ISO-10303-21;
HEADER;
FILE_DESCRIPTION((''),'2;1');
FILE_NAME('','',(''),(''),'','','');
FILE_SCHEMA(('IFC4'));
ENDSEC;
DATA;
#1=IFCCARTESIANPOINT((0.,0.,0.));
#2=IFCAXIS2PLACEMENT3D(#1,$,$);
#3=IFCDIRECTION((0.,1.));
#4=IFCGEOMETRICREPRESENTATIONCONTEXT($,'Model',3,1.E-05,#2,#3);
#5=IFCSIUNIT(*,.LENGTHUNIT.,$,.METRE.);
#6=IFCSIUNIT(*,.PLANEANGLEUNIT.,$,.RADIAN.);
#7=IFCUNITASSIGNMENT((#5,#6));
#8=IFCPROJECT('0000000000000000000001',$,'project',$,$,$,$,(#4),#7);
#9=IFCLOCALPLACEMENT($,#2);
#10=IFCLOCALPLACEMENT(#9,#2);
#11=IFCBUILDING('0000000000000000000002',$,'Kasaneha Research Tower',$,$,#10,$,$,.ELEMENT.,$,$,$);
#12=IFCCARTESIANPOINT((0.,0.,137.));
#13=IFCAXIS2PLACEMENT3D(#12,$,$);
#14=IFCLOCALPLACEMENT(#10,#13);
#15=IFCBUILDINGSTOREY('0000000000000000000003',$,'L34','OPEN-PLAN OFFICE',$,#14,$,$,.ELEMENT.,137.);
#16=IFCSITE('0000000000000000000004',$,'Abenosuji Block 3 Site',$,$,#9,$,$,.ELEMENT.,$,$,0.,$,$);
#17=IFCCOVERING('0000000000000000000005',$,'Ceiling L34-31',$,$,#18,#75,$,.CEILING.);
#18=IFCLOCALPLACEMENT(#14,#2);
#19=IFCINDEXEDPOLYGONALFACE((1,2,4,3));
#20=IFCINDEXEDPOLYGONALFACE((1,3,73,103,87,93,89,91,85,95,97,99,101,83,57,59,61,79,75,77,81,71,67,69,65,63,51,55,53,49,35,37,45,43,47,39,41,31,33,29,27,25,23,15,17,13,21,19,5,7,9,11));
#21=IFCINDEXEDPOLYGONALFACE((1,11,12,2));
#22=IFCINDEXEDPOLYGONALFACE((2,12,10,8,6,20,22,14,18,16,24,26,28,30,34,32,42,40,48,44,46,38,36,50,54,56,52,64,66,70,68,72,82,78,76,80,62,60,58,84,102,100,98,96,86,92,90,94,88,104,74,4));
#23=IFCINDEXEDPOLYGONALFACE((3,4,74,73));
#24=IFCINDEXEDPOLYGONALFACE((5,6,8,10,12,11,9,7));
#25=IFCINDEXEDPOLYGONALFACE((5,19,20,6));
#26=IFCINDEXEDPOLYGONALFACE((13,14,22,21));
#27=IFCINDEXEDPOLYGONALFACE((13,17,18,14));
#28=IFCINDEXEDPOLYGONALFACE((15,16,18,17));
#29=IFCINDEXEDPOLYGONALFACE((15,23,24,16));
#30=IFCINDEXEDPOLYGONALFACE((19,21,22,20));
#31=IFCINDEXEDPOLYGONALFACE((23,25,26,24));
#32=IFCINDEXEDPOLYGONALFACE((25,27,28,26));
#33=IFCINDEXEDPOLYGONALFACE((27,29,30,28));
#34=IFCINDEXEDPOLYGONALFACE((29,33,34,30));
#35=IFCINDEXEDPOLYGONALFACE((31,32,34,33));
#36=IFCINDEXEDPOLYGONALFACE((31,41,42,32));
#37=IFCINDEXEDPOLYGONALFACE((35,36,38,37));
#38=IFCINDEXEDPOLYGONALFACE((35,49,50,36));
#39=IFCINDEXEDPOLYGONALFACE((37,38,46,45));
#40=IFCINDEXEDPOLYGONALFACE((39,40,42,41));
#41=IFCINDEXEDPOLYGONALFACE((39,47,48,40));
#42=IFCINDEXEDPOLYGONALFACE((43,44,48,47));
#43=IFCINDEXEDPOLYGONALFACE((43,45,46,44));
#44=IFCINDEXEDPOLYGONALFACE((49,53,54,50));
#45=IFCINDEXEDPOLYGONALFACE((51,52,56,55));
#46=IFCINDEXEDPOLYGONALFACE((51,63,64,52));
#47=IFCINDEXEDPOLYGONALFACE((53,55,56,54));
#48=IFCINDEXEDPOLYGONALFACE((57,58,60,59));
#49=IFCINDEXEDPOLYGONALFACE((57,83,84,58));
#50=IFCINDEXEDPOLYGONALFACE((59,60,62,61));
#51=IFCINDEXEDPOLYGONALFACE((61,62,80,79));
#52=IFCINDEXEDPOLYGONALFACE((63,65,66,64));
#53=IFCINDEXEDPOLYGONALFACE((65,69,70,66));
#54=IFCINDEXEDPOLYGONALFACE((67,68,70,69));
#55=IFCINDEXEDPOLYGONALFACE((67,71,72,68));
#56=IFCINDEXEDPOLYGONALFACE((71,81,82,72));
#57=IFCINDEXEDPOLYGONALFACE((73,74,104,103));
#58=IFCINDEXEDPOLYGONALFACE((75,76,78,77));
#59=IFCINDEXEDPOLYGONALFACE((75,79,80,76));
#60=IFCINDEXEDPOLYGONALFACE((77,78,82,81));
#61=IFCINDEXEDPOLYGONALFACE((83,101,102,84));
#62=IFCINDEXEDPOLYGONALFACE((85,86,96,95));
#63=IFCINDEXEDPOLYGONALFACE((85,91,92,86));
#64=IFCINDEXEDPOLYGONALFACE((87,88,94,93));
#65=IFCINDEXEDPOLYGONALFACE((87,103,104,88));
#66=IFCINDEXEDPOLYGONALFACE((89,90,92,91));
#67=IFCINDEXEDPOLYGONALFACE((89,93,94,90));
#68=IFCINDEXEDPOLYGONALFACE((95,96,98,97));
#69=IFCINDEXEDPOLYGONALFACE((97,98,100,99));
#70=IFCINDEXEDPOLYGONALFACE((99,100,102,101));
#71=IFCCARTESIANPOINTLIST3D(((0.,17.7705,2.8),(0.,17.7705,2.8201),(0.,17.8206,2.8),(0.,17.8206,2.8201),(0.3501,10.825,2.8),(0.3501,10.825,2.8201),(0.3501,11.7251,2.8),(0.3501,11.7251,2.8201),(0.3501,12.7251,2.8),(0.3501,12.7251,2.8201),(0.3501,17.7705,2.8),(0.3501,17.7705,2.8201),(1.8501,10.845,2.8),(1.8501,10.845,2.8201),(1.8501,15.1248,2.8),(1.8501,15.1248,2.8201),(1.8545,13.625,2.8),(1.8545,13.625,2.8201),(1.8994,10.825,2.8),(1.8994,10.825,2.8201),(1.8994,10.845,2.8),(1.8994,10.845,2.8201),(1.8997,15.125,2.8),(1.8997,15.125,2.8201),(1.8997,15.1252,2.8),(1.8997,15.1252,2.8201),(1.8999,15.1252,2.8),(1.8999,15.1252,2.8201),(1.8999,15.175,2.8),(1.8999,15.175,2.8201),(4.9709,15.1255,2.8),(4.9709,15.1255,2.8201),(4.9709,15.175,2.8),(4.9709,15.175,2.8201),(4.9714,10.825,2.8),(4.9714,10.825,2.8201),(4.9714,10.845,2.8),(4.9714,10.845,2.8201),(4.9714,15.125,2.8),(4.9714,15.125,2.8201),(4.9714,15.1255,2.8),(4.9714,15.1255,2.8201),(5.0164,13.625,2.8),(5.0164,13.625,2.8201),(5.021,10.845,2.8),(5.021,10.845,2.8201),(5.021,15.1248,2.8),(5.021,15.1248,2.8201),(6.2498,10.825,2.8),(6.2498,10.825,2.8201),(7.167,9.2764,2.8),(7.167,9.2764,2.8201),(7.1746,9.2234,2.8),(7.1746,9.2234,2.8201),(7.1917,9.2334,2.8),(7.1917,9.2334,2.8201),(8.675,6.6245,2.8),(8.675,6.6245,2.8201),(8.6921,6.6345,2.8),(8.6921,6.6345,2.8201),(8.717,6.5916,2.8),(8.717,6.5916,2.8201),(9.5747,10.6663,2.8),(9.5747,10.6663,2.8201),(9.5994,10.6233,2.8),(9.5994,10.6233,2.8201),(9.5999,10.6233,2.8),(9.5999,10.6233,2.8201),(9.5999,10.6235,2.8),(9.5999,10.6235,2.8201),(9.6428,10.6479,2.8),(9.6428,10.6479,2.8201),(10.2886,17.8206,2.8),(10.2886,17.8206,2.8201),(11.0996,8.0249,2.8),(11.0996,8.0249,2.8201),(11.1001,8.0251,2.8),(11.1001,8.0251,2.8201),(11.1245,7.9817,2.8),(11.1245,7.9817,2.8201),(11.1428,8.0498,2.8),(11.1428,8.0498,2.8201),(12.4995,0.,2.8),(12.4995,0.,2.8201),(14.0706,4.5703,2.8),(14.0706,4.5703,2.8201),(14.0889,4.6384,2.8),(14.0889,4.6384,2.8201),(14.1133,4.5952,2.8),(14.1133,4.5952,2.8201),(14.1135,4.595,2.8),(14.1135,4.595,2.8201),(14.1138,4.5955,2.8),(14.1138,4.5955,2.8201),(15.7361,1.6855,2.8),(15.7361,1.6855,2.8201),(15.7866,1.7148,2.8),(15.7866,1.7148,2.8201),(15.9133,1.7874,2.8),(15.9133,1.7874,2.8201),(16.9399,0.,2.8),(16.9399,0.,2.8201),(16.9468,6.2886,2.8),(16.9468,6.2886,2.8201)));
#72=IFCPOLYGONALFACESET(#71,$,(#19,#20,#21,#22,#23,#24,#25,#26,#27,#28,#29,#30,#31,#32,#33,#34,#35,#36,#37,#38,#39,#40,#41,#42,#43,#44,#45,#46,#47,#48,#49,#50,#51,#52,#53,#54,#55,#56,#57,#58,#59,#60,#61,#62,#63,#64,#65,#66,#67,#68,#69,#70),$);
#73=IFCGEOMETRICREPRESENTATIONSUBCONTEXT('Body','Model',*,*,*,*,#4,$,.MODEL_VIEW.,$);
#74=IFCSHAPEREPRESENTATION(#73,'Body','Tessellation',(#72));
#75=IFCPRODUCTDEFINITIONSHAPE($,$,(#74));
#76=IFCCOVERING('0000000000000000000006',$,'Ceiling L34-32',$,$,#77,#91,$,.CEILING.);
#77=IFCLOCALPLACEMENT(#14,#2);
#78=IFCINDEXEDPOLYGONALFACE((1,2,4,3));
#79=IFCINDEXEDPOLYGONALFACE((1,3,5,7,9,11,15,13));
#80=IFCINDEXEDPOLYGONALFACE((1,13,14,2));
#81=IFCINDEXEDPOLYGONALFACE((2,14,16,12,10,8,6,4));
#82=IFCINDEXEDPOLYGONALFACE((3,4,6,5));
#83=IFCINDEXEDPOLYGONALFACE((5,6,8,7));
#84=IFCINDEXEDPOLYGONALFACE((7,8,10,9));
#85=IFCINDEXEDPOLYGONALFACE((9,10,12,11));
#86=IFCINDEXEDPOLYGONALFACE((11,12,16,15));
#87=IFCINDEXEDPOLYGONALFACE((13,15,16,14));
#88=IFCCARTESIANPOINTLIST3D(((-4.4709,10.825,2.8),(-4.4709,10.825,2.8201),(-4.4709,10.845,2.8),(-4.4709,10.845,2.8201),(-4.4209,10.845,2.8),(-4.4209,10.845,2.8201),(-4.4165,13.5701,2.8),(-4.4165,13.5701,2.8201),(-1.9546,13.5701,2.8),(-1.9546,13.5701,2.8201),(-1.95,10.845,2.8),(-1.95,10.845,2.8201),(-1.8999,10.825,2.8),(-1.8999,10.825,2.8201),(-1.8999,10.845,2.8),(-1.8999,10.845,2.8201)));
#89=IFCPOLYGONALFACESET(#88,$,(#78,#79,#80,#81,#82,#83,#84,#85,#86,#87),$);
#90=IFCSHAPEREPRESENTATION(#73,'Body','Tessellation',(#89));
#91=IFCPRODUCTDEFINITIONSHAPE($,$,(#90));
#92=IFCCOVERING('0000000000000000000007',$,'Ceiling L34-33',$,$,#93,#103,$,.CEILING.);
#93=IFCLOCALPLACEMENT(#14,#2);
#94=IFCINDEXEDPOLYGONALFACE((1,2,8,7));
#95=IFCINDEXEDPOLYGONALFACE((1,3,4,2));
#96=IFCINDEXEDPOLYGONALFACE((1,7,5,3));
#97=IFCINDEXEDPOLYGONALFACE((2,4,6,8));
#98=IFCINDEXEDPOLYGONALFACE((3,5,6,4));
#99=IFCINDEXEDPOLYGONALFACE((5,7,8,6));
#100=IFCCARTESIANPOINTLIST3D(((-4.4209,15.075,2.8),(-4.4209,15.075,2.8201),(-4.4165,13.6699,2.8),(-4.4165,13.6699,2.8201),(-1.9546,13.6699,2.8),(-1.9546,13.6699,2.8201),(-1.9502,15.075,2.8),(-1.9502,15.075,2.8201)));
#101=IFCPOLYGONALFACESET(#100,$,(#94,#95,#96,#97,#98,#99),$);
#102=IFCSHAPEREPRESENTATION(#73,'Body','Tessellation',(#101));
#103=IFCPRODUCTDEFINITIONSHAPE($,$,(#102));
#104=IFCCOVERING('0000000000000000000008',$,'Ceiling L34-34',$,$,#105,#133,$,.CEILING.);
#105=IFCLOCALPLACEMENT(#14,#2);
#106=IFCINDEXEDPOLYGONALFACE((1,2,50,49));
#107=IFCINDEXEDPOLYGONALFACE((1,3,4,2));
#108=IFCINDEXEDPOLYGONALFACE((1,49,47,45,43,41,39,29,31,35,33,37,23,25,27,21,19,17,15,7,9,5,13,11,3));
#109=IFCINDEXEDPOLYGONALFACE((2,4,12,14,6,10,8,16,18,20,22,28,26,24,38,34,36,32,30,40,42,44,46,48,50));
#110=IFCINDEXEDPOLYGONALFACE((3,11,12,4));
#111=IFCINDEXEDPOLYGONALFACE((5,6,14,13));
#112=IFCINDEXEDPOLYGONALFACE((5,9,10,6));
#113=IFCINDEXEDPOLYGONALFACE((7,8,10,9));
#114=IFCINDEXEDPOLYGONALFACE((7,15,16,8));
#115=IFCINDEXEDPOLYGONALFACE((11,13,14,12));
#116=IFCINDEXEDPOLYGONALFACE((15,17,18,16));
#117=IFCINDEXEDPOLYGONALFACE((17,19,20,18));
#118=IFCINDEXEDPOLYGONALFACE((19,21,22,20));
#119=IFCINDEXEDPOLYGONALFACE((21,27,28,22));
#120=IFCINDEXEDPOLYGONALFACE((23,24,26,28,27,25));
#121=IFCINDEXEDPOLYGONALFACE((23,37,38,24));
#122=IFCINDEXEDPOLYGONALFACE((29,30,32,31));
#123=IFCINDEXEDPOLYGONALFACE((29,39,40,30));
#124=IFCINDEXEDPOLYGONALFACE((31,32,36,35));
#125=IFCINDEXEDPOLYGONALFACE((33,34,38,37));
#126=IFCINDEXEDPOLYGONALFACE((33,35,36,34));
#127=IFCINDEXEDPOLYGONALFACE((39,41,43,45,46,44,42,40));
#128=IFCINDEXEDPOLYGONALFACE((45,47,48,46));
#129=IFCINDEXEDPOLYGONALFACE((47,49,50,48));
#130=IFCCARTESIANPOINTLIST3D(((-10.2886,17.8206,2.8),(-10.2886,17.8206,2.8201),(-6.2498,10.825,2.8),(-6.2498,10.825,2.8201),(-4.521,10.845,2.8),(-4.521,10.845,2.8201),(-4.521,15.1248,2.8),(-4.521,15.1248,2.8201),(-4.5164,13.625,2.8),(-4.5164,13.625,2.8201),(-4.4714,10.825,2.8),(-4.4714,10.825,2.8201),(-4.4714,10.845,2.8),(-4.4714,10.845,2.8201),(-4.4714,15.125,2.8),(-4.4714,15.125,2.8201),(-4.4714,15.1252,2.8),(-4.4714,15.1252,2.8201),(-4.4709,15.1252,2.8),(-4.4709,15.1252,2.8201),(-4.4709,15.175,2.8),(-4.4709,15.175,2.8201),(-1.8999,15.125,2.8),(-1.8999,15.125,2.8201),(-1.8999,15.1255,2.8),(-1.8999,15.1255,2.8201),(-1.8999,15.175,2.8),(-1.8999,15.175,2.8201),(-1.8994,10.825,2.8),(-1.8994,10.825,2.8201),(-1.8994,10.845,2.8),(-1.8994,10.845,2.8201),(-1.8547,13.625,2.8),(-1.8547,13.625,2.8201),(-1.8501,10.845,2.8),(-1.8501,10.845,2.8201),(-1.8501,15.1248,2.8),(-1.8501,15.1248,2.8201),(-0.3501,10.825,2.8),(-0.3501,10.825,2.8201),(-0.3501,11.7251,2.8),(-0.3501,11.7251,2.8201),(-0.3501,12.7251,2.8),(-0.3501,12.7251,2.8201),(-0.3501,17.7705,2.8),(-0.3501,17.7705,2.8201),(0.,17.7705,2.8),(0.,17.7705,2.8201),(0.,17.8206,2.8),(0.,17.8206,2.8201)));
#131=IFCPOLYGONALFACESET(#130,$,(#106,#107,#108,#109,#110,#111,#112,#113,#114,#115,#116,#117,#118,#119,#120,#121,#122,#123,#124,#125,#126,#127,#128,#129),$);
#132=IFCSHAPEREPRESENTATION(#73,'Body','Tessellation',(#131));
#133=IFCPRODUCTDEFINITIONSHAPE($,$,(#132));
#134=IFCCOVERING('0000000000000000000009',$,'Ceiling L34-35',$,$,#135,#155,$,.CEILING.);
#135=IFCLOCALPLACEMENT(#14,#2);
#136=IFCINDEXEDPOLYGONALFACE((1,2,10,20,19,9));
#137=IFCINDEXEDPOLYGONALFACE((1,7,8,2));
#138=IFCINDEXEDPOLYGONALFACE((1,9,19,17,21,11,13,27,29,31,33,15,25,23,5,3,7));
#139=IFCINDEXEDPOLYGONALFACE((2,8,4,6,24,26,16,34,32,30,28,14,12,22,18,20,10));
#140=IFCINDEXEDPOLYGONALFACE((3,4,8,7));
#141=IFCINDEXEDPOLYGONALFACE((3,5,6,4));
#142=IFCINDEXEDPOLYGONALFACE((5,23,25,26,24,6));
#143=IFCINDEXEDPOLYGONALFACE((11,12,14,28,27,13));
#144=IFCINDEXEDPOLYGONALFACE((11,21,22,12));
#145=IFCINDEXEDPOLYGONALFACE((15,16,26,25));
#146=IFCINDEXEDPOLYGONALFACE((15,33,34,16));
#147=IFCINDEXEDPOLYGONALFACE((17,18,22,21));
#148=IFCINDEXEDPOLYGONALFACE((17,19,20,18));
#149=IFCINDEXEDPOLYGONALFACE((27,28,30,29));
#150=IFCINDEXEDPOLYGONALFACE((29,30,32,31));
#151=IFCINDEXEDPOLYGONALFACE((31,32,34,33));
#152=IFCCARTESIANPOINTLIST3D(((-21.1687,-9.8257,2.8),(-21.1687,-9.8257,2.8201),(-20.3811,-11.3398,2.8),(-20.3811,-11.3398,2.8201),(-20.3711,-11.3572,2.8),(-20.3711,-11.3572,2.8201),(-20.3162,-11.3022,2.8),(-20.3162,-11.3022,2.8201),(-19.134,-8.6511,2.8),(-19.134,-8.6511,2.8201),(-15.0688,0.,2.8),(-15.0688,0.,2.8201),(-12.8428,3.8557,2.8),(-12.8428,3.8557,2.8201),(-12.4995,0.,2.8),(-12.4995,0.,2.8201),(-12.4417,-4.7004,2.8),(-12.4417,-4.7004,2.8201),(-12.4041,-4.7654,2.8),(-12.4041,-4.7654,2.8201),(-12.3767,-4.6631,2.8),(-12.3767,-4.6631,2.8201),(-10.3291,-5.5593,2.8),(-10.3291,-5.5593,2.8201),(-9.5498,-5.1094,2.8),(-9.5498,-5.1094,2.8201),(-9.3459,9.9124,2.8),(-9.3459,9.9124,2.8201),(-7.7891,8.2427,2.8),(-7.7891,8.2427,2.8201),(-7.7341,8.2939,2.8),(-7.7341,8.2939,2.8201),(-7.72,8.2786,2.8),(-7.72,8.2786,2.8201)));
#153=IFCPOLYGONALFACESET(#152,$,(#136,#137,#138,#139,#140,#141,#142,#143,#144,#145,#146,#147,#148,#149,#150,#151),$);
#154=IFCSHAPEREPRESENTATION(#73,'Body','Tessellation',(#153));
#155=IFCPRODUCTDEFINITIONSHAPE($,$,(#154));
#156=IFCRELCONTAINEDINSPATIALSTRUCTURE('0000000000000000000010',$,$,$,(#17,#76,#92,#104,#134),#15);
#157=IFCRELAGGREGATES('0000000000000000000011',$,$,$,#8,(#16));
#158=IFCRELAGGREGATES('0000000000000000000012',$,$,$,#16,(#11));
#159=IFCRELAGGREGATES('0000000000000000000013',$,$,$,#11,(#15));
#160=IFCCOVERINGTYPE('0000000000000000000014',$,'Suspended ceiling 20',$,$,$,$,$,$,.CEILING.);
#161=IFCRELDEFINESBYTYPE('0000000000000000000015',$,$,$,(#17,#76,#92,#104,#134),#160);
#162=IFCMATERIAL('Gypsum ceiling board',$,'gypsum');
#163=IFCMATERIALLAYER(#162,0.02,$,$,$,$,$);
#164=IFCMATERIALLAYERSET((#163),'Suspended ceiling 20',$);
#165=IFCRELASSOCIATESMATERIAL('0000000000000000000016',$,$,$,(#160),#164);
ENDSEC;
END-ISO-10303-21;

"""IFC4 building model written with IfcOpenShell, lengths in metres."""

from ifc_helpers import new_model, si_unit, direction, frame, origin, place, context, subcontext, project, spatial, polyline, outline, extrude, material, layer, layer_set, type_object, element, save


model = new_model("IFC4")

# Units and contexts
model_context = context("Model", 3, precision=1e-05, world=origin(), true_north=direction((0.0, 1.0)))
body_context = subcontext(model_context, "Body", "Model", "MODEL_VIEW")
ifc_project = project(units=[si_unit("LENGTHUNIT", "METRE"), si_unit("PLANEANGLEUNIT", "RADIAN")], contexts=[model_context])

# Site, building, storey
site_placement = place(None, origin())
site = spatial("IfcSite", under=ifc_project, at=site_placement, Name="Abenosuji Block 3 Site", CompositionType="ELEMENT", RefElevation=0.0)
building_placement = place(site_placement, origin())
building = spatial("IfcBuilding", under=site, at=building_placement, Name="Kasaneha Research Tower", CompositionType="ELEMENT")
storey_placement = place(building_placement, frame((0.0, 0.0, 137.0)))
storey = spatial("IfcBuildingStorey", under=building, at=storey_placement, Name="L34", Description="OPEN-PLAN OFFICE", CompositionType="ELEMENT", Elevation=137.0)

# Coverings
ifc_material_1 = material(Name="Gypsum ceiling board", Category="gypsum")
ifc_layer_1 = layer(ifc_material_1, 0.02)
ifc_layer_set_1 = layer_set([ifc_layer_1], Name="Suspended ceiling 20")
covering_type = type_object("IfcCoveringType", Name="Suspended ceiling 20", PredefinedType="CEILING", material=ifc_layer_set_1)
covering_1_placement = place(storey_placement, frame((0.0, 0.0, 2.8)))
element("IfcCovering", 1, at=covering_1_placement, inside=storey, type_object=covering_type, Name="Ceiling L34-31", PredefinedType="CEILING", context=body_context, shape_type="SweptSolid", body=[
    extrude(outline(polyline([(8.6921, 6.6345), (8.717, 6.5916), (11.1245, 7.9817), (11.0996, 8.0249), (11.1001, 8.0251), (11.1001, 8.0251), (11.1428, 8.0498), (9.6428, 10.6479), (9.5999, 10.6233), (9.5999, 10.6235), (9.5994, 10.6233), (9.5747, 10.6663), (7.167, 9.2764), (7.1917, 9.2334), (7.1746, 9.2234), (6.2498, 10.825), (4.9714, 10.825), (4.9714, 10.845), (5.021, 10.845), (5.0164, 13.625), (5.021, 15.1248), (4.9714, 15.125), (4.9714, 15.1255), (4.9709, 15.1255), (4.9709, 15.175), (1.8999, 15.175), (1.8999, 15.1252), (1.8997, 15.1252), (1.8997, 15.125), (1.8501, 15.1248), (1.8545, 13.625), (1.8501, 10.845), (1.8994, 10.845), (1.8994, 10.825), (0.3501, 10.825), (0.3501, 11.7251), (0.3501, 12.7251), (0.3501, 17.7705), (0.3501, 17.7705), (0.0, 17.7705), (0.0, 17.8206), (10.2886, 17.8206), (16.9468, 6.2886), (14.0889, 4.6384), (14.1138, 4.5955), (14.1133, 4.5952), (14.1135, 4.595), (14.0706, 4.5703), (15.7361, 1.6855), (15.7866, 1.7148), (15.9133, 1.7874), (16.9399, 0.0), (12.4995, 0.0), (8.675, 6.6245), (8.6921, 6.6345)])), origin(), (0.0, 0.0, 1.0), 0.02),
])
covering_2_placement = place(storey_placement, frame((0.0, 0.0, 2.8)))
element("IfcCovering", 2, at=covering_2_placement, inside=storey, type_object=covering_type, Name="Ceiling L34-32", PredefinedType="CEILING", context=body_context, shape_type="SweptSolid", body=[
    extrude(outline(polyline([(-4.4709, 10.825), (-4.4709, 10.845), (-4.4209, 10.845), (-4.4165, 13.5701), (-1.9546, 13.5701), (-1.95, 10.845), (-1.8999, 10.845), (-1.8999, 10.825), (-4.4709, 10.825)])), origin(), (0.0, 0.0, 1.0), 0.02),
])
covering_3_placement = place(storey_placement, frame((0.0, 0.0, 2.8)))
element("IfcCovering", 3, at=covering_3_placement, inside=storey, type_object=covering_type, Name="Ceiling L34-33", PredefinedType="CEILING", context=body_context, shape_type="SweptSolid", body=[
    extrude(outline(polyline([(-1.9502, 15.075), (-1.9546, 13.6699), (-4.4165, 13.6699), (-4.4209, 15.075), (-1.9502, 15.075)])), origin(), (0.0, 0.0, 1.0), 0.02),
])
covering_4_placement = place(storey_placement, frame((0.0, 0.0, 2.8)))
element("IfcCovering", 4, at=covering_4_placement, inside=storey, type_object=covering_type, Name="Ceiling L34-34", PredefinedType="CEILING", context=body_context, shape_type="SweptSolid", body=[
    extrude(outline(polyline([(-0.3501, 11.7251), (-0.3501, 10.825), (-1.8994, 10.825), (-1.8994, 10.845), (-1.8501, 10.845), (-1.8547, 13.625), (-1.8501, 15.1248), (-1.8999, 15.125), (-1.8999, 15.1255), (-1.8999, 15.175), (-4.4709, 15.175), (-4.4709, 15.1252), (-4.4714, 15.1252), (-4.4714, 15.125), (-4.521, 15.1248), (-4.5164, 13.625), (-4.521, 10.845), (-4.4714, 10.845), (-4.4714, 10.825), (-6.2498, 10.825), (-10.2886, 17.8206), (0.0, 17.8206), (0.0, 17.7705), (-0.3501, 17.7705), (-0.3501, 17.7705), (-0.3501, 12.7251), (-0.3501, 11.7251)])), origin(), (0.0, 0.0, 1.0), 0.02),
])
covering_5_placement = place(storey_placement, frame((0.0, 0.0, 2.8)))
element("IfcCovering", 5, at=covering_5_placement, inside=storey, type_object=covering_type, Name="Ceiling L34-35", PredefinedType="CEILING", context=body_context, shape_type="SweptSolid", body=[
    extrude(outline(polyline([(-9.5498, -5.1094), (-10.3291, -5.5593), (-10.3291, -5.5593), (-20.3711, -11.3572), (-20.3811, -11.3398), (-20.3162, -11.3022), (-21.1687, -9.8257), (-19.134, -8.6511), (-19.134, -8.6511), (-12.4041, -4.7654), (-12.4417, -4.7004), (-12.3767, -4.6631), (-15.0688, 0.0), (-12.8428, 3.8557), (-12.8428, 3.8557), (-9.3459, 9.9124), (-7.7891, 8.2427), (-7.7341, 8.2939), (-7.72, 8.2786), (-12.4995, 0.0), (-9.5498, -5.1094)])), origin(), (0.0, 0.0, 1.0), 0.02),
])

save(model, "model.ifc")
